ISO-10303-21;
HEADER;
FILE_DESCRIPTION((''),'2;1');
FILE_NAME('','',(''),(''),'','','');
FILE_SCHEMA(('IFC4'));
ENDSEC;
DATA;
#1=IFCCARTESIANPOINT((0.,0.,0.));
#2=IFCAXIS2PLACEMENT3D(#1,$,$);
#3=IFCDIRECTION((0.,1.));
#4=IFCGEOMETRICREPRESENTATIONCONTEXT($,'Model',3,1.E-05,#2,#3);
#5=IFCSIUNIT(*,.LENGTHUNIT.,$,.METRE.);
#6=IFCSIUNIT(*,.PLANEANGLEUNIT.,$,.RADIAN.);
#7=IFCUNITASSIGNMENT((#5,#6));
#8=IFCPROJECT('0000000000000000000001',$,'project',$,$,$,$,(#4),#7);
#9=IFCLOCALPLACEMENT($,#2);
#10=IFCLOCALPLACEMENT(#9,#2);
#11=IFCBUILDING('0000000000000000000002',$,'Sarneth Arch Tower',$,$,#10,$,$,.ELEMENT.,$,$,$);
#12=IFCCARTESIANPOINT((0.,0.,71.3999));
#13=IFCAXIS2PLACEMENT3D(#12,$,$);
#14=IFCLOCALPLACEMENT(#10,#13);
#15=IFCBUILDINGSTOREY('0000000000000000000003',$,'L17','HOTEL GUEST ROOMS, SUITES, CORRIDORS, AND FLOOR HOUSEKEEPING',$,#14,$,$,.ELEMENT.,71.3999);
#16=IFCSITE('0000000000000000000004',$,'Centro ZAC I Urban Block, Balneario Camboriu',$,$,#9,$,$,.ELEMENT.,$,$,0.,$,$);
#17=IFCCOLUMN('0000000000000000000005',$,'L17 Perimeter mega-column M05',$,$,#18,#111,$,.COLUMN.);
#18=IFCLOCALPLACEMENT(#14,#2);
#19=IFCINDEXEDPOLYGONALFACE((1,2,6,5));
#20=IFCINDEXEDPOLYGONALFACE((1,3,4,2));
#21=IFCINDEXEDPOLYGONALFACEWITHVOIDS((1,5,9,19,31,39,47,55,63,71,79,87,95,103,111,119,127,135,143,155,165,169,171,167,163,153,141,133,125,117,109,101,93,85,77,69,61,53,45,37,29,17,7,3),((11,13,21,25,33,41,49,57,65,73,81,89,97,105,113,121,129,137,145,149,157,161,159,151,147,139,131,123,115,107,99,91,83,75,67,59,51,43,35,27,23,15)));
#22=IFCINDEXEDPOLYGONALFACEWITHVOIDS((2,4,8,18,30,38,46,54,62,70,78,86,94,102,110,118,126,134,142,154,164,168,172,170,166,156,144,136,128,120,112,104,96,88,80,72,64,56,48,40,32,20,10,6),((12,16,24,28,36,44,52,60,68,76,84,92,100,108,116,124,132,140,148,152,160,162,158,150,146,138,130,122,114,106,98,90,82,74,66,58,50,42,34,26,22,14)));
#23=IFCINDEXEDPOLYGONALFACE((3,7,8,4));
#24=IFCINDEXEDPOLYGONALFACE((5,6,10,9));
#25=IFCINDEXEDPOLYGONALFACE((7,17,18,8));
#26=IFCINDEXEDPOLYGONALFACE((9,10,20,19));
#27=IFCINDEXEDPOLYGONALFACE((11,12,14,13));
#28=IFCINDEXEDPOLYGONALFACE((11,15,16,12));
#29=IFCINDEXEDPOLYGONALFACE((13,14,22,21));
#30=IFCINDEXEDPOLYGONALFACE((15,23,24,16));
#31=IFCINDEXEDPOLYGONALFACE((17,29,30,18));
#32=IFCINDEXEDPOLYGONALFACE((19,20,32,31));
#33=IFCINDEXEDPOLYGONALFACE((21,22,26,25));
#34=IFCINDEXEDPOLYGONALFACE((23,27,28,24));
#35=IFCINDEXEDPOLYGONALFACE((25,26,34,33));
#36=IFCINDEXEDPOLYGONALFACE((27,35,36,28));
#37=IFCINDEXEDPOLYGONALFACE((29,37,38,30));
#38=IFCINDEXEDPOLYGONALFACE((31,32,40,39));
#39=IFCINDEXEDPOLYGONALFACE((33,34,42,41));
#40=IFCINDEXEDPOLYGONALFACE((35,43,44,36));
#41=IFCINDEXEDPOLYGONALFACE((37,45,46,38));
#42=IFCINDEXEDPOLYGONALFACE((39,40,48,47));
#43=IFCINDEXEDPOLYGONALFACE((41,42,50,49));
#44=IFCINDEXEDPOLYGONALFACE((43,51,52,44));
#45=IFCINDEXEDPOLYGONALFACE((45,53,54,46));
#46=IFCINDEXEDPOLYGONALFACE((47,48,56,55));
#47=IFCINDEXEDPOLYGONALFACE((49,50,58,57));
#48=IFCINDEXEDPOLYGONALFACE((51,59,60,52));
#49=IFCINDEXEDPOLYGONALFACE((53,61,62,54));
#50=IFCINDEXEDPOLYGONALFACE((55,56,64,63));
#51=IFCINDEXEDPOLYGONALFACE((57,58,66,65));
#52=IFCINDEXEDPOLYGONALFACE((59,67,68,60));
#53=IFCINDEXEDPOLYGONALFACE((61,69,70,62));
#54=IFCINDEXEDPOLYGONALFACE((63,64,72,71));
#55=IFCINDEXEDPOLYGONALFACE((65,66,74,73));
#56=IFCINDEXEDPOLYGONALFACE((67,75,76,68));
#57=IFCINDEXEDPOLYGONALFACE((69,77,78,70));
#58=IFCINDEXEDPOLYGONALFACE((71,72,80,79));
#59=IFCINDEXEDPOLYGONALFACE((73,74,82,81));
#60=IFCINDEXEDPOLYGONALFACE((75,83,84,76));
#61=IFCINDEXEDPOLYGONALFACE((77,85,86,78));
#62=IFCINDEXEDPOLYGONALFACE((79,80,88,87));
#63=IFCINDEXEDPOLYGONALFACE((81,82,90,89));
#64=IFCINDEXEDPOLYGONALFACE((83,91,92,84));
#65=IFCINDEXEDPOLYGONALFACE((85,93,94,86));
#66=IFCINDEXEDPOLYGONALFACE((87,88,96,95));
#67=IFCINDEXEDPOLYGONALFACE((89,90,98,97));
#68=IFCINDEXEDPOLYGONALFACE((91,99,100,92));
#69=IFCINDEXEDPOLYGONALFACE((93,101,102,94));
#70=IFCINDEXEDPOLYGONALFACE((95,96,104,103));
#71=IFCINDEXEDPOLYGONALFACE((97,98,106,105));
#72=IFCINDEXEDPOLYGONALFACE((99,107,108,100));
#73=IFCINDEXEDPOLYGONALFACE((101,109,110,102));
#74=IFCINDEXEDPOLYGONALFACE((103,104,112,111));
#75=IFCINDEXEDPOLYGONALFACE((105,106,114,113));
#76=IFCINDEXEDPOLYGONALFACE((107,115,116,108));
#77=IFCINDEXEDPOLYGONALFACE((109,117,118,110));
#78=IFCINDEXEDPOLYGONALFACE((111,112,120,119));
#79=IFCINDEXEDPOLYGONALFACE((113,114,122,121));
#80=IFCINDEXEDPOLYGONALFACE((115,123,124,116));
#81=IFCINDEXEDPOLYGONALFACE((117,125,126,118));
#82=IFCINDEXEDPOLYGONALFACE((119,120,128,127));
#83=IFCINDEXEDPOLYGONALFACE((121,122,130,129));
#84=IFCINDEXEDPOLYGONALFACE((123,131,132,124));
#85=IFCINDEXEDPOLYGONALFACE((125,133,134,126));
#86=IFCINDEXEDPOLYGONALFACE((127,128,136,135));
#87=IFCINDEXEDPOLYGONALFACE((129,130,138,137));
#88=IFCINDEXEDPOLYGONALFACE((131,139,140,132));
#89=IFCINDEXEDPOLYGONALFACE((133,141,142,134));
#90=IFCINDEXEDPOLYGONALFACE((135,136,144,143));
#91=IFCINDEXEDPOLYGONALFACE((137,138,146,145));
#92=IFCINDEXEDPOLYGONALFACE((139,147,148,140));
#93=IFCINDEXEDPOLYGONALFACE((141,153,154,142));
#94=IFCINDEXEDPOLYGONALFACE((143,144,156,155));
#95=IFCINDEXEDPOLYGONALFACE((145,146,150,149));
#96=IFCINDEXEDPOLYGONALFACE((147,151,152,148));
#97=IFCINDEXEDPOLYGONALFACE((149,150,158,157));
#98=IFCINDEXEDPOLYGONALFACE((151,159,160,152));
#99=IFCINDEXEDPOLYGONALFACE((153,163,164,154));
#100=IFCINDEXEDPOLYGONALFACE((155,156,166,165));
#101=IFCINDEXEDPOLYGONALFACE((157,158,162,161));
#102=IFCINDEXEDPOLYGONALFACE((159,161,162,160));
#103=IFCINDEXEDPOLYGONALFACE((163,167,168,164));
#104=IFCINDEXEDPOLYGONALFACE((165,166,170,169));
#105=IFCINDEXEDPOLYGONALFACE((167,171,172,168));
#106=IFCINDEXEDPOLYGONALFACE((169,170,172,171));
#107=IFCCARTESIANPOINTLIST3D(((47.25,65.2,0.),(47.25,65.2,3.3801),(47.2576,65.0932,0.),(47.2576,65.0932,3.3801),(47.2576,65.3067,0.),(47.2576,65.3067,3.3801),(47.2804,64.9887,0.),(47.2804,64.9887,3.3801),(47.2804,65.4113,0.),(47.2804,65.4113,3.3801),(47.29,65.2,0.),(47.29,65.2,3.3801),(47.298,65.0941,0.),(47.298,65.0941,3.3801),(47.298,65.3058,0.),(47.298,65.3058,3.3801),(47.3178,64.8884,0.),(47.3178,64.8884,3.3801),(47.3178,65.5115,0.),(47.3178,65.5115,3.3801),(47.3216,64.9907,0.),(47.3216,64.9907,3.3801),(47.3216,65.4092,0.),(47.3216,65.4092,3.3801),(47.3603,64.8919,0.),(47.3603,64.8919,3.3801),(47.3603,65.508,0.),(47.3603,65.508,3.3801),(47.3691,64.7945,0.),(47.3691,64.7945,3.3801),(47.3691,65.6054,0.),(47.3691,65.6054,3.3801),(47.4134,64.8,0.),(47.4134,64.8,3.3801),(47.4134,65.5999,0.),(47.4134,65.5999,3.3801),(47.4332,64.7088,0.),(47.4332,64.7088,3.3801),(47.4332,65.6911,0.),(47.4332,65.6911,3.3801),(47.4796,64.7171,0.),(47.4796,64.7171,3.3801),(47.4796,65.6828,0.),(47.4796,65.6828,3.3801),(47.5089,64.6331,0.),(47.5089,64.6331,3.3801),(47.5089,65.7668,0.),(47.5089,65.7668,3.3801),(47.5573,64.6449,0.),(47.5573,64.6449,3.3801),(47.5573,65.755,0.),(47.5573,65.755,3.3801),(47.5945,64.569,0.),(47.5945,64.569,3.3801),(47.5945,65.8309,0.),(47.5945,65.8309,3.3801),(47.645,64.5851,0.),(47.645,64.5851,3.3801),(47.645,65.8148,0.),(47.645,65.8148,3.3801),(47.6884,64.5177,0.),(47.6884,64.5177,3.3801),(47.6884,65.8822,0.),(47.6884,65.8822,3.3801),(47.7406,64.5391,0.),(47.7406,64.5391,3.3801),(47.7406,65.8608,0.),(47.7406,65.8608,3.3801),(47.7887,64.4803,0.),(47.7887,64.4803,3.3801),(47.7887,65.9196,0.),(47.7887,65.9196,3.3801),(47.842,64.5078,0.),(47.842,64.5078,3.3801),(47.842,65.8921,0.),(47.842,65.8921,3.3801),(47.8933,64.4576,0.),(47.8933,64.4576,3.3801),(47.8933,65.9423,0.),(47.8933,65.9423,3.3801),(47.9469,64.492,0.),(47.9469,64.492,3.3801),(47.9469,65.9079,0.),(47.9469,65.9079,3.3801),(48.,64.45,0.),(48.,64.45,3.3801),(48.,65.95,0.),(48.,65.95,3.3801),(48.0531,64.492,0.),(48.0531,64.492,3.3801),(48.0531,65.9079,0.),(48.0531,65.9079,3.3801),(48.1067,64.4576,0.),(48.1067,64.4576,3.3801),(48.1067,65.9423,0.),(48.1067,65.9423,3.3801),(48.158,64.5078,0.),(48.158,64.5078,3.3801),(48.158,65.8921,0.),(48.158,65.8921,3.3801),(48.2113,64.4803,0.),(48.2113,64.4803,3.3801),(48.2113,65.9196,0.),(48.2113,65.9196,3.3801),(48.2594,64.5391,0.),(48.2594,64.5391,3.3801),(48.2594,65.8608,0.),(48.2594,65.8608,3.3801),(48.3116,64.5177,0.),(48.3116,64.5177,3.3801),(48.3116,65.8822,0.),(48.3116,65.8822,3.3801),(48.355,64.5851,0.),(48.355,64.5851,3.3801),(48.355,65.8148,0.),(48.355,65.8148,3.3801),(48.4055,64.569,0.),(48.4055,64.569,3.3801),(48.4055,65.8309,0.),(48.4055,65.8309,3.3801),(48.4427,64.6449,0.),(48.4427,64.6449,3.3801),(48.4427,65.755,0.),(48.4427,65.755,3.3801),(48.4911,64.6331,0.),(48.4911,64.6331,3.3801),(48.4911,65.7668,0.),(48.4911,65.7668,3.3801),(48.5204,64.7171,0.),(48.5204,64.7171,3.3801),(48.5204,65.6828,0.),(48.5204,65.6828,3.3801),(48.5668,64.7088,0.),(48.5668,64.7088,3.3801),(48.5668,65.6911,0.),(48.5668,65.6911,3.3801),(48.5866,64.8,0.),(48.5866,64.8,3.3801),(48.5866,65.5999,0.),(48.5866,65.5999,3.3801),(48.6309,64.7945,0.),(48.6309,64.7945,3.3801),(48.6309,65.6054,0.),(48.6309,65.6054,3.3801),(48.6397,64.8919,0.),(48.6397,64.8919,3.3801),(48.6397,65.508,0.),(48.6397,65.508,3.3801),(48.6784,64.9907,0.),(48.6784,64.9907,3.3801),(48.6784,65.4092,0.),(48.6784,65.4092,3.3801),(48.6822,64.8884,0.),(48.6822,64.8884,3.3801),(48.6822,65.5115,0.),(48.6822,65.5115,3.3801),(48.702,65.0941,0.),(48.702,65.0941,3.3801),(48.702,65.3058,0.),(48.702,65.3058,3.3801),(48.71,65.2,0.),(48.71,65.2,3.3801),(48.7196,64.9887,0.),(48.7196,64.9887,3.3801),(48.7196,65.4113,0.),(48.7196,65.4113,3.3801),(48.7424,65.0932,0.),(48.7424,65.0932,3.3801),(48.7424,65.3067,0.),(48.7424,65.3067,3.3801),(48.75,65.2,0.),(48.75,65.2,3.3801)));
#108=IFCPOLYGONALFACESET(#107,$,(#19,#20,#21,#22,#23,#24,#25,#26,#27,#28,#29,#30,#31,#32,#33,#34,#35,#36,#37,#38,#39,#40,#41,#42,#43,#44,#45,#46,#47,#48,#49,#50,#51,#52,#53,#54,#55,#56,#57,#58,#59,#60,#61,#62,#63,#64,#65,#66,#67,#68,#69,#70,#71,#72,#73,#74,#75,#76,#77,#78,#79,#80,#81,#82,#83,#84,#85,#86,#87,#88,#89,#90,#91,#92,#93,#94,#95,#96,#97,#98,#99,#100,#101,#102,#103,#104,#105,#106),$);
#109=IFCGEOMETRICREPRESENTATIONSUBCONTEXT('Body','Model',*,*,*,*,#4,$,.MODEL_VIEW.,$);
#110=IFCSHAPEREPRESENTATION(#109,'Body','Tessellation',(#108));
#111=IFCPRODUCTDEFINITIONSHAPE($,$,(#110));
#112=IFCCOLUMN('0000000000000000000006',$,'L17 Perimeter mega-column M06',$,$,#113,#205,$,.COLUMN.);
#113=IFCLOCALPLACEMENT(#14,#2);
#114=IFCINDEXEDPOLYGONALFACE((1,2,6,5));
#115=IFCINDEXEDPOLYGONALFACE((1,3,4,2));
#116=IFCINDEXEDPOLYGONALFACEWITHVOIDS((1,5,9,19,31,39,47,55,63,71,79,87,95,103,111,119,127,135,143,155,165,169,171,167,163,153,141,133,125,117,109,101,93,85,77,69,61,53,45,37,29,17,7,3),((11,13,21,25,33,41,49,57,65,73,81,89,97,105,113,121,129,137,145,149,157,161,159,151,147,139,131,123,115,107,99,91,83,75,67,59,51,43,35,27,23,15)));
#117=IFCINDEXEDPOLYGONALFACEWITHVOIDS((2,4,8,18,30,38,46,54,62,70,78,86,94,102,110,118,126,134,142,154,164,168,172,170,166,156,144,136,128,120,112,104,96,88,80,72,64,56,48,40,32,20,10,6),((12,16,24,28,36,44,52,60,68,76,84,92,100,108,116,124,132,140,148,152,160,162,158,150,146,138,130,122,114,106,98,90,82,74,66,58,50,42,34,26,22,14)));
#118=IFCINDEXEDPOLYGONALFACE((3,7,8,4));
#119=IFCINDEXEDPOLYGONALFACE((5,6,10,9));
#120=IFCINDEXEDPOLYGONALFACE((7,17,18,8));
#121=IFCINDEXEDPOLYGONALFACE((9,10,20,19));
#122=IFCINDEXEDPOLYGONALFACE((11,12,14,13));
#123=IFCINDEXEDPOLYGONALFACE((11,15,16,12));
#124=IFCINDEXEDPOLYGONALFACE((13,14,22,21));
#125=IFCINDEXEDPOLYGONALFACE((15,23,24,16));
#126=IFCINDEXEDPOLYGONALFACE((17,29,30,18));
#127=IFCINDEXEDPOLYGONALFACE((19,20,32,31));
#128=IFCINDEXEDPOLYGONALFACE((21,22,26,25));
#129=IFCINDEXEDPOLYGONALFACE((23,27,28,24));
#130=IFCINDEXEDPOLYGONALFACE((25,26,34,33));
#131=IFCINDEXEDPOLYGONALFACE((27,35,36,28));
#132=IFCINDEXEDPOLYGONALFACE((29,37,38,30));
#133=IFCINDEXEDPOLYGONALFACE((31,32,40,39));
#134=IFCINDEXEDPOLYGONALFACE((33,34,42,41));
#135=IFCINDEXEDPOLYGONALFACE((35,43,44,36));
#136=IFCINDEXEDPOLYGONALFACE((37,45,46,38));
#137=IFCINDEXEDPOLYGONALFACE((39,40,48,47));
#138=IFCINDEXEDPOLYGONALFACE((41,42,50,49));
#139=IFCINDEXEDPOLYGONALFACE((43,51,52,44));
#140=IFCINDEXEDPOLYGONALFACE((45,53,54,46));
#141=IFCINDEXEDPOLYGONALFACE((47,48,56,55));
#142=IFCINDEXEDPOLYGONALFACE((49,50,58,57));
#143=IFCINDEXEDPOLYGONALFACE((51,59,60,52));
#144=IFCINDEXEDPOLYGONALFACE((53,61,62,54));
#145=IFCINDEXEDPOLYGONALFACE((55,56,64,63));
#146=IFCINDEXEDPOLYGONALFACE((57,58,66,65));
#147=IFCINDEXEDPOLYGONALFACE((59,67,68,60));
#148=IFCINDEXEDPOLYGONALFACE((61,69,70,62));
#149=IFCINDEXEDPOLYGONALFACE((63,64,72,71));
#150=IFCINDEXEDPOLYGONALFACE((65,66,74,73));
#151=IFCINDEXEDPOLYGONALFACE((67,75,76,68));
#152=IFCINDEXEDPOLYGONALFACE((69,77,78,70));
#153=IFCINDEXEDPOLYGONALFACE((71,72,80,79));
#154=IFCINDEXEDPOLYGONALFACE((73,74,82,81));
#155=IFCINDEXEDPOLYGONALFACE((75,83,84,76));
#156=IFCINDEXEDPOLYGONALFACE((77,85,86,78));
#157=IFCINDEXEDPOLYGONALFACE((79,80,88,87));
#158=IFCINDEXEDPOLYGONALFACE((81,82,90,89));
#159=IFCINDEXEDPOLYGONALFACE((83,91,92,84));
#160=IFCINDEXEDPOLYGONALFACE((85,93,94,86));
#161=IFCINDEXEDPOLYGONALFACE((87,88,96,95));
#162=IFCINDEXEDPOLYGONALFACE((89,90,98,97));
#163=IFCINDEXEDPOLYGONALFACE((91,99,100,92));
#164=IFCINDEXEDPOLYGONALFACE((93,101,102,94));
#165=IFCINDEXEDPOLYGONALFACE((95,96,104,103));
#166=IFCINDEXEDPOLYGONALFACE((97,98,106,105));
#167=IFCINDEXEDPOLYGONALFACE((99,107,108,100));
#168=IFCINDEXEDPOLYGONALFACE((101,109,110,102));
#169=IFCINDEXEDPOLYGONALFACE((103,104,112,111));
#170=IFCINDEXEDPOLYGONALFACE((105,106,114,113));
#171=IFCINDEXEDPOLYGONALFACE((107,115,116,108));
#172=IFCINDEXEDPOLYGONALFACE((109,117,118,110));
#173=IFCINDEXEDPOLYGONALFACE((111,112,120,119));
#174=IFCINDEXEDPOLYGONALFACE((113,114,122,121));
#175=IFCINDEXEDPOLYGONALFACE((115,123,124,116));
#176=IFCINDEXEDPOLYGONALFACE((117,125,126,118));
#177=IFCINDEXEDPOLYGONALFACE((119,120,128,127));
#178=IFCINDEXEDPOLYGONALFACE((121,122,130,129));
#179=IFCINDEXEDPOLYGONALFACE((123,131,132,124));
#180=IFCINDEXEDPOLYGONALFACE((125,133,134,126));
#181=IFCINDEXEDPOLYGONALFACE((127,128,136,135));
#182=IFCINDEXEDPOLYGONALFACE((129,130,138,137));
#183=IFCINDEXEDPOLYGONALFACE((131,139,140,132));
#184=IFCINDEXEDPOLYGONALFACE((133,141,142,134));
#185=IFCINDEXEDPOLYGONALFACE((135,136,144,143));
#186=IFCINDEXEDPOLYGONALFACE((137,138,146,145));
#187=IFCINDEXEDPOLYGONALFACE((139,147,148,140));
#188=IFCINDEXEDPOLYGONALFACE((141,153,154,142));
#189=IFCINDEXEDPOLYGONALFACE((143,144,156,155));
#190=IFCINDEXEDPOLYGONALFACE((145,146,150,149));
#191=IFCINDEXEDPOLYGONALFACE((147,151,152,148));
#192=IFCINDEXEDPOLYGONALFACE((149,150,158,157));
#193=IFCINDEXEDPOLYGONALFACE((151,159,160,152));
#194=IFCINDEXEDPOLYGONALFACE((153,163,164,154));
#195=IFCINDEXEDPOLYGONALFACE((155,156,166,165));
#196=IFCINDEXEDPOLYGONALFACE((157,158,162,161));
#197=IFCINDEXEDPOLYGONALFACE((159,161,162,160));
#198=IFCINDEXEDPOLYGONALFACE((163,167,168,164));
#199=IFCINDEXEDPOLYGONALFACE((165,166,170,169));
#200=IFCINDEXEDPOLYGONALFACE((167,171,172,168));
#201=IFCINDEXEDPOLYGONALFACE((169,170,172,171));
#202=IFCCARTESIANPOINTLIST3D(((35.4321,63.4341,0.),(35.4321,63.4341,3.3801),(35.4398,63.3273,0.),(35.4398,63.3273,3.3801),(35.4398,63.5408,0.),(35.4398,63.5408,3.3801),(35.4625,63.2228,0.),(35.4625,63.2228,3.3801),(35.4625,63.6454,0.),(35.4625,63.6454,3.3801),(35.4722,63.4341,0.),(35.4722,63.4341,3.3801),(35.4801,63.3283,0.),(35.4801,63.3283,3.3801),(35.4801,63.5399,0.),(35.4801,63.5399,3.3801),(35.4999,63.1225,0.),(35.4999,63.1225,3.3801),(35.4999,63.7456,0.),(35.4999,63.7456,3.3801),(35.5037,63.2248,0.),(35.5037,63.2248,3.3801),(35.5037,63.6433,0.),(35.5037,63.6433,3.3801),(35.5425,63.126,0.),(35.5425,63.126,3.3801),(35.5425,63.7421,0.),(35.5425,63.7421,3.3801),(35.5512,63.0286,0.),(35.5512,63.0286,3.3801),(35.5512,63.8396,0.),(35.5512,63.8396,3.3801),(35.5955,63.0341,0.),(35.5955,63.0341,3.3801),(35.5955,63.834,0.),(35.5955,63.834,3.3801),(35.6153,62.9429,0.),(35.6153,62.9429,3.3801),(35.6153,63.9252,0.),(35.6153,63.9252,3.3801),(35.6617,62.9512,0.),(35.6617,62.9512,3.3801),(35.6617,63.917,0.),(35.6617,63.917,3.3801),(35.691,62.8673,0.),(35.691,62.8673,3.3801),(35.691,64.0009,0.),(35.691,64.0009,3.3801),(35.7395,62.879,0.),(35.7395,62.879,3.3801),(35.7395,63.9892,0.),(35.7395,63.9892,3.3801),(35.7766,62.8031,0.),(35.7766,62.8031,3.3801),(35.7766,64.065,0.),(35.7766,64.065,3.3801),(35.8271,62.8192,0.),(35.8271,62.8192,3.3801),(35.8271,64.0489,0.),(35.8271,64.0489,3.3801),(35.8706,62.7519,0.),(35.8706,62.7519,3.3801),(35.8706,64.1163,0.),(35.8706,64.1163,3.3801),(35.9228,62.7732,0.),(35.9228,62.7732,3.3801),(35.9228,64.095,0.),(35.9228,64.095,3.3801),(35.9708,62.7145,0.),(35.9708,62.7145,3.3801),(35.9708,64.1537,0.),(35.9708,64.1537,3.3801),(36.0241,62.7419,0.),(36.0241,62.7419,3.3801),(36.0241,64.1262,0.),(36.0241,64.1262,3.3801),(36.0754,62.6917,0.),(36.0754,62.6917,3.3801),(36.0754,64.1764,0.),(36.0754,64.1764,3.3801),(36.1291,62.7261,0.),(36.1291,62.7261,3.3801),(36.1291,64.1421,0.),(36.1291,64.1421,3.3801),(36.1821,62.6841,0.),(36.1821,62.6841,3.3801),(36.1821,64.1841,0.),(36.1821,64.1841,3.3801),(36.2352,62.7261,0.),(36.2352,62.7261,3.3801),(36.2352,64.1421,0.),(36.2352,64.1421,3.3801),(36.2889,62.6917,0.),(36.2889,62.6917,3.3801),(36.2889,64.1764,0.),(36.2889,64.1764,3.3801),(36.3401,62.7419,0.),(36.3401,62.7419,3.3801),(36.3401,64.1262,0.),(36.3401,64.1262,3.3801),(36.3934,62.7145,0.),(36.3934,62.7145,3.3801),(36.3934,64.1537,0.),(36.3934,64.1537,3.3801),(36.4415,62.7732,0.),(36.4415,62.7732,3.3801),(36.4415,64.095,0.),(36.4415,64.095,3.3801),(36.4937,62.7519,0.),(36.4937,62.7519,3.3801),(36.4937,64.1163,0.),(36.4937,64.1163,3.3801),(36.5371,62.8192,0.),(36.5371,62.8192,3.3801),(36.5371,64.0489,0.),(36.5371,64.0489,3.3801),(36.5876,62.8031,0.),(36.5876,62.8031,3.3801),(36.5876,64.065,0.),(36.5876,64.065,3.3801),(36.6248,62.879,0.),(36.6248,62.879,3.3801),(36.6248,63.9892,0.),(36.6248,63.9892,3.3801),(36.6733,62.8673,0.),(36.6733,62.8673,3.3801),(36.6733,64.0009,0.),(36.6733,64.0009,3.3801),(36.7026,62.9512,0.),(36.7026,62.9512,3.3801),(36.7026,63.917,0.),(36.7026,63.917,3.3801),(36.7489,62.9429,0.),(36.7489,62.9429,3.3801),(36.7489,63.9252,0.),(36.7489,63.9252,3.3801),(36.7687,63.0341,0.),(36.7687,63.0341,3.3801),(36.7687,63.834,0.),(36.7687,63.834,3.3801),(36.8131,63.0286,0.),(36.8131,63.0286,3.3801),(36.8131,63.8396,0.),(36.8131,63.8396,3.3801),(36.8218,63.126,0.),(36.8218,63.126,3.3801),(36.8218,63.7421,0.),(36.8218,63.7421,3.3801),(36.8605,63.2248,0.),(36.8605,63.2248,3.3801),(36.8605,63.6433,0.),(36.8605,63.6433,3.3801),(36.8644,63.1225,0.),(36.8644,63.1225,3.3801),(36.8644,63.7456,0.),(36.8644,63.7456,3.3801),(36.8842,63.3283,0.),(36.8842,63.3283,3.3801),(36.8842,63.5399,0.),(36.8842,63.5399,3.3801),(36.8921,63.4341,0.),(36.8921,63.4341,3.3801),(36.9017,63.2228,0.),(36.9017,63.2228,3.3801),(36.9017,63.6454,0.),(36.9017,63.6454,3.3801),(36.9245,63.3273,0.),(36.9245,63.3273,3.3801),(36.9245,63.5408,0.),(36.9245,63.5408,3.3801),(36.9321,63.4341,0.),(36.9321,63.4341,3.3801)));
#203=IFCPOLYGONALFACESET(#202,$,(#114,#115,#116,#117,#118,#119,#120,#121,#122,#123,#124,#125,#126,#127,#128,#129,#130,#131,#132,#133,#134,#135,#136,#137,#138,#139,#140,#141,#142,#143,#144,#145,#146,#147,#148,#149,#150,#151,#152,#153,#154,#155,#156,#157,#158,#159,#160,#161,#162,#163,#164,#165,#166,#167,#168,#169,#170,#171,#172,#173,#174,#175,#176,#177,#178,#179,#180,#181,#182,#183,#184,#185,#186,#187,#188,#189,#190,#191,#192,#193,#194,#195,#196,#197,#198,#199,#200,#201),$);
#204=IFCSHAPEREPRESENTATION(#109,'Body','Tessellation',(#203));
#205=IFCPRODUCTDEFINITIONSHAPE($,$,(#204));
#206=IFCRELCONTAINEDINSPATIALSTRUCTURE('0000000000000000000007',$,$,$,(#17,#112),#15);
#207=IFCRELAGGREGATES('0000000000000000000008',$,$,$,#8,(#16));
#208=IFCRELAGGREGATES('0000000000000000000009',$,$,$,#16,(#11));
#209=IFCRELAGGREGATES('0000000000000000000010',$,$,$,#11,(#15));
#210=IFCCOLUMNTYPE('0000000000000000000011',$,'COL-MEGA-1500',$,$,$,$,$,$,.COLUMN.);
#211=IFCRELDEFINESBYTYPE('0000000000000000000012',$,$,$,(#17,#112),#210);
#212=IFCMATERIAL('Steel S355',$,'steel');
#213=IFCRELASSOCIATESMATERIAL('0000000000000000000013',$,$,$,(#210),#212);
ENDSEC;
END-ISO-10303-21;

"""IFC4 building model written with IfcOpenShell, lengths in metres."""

from ifc_helpers import new_model, si_unit, direction, frame, origin, origin_2d, place, context, subcontext, project, spatial, hollow_circle, extrude, material, material_profile, profile_set, type_object, element, save


model = new_model("IFC4")

# Units and contexts
model_context = context("Model", 3, precision=1e-05, world=origin(), true_north=direction((0.0, 1.0)))
body_context = subcontext(model_context, "Body", "Model", "MODEL_VIEW")
ifc_project = project(units=[si_unit("LENGTHUNIT", "METRE"), si_unit("PLANEANGLEUNIT", "RADIAN")], contexts=[model_context])

# Site, building, storey
site_placement = place(None, origin())
site = spatial("IfcSite", under=ifc_project, at=site_placement, Name="Centro ZAC I Urban Block, Balneario Camboriu", CompositionType="ELEMENT", RefElevation=0.0)
building_placement = place(site_placement, origin())
building = spatial("IfcBuilding", under=site, at=building_placement, Name="Sarneth Arch Tower", CompositionType="ELEMENT")
storey_placement = place(building_placement, frame((0.0, 0.0, 71.3999)))
storey = spatial("IfcBuildingStorey", under=building, at=storey_placement, Name="L17", Description="HOTEL GUEST ROOMS, SUITES, CORRIDORS, AND FLOOR HOUSEKEEPING", CompositionType="ELEMENT", Elevation=71.3999)

# Columns
ifc_material_1 = material(Name="Steel S355", Category="steel")
ifc_material_profile_1 = material_profile(ifc_material_1, hollow_circle(Radius=0.75, WallThickness=0.04, at=origin_2d()), Name="CHS1500x40")
ifc_profile_set_1 = profile_set([ifc_material_profile_1], Name="Steel S355")
column_type = type_object("IfcColumnType", Name="COL-MEGA-1500", PredefinedType="COLUMN", material=ifc_profile_set_1)
for number, where, z_axis, x_axis, name in (
    (1, (48.0, 65.2, 0.0), (0.0, 0.0, 1.0), (1.0, 0.0, 0.0), "L17 Perimeter mega-column M05"),
    (2, (36.1821, 63.4341, 0.0), (0.0, 0.0, 1.0), (1.0, 0.0, 0.0), "L17 Perimeter mega-column M06"),
):
    element("IfcColumn", number, at=place(storey_placement, frame(where, z_axis=z_axis, x_axis=x_axis)), inside=storey, type_object=column_type, Name=name, PredefinedType="COLUMN", context=body_context, shape_type="SweptSolid", body=[
        extrude(hollow_circle(Radius=0.75, WallThickness=0.04, at=origin_2d()), origin(), (0.0, 0.0, 1.0), 3.3801),
    ])

save(model, "model.ifc")
